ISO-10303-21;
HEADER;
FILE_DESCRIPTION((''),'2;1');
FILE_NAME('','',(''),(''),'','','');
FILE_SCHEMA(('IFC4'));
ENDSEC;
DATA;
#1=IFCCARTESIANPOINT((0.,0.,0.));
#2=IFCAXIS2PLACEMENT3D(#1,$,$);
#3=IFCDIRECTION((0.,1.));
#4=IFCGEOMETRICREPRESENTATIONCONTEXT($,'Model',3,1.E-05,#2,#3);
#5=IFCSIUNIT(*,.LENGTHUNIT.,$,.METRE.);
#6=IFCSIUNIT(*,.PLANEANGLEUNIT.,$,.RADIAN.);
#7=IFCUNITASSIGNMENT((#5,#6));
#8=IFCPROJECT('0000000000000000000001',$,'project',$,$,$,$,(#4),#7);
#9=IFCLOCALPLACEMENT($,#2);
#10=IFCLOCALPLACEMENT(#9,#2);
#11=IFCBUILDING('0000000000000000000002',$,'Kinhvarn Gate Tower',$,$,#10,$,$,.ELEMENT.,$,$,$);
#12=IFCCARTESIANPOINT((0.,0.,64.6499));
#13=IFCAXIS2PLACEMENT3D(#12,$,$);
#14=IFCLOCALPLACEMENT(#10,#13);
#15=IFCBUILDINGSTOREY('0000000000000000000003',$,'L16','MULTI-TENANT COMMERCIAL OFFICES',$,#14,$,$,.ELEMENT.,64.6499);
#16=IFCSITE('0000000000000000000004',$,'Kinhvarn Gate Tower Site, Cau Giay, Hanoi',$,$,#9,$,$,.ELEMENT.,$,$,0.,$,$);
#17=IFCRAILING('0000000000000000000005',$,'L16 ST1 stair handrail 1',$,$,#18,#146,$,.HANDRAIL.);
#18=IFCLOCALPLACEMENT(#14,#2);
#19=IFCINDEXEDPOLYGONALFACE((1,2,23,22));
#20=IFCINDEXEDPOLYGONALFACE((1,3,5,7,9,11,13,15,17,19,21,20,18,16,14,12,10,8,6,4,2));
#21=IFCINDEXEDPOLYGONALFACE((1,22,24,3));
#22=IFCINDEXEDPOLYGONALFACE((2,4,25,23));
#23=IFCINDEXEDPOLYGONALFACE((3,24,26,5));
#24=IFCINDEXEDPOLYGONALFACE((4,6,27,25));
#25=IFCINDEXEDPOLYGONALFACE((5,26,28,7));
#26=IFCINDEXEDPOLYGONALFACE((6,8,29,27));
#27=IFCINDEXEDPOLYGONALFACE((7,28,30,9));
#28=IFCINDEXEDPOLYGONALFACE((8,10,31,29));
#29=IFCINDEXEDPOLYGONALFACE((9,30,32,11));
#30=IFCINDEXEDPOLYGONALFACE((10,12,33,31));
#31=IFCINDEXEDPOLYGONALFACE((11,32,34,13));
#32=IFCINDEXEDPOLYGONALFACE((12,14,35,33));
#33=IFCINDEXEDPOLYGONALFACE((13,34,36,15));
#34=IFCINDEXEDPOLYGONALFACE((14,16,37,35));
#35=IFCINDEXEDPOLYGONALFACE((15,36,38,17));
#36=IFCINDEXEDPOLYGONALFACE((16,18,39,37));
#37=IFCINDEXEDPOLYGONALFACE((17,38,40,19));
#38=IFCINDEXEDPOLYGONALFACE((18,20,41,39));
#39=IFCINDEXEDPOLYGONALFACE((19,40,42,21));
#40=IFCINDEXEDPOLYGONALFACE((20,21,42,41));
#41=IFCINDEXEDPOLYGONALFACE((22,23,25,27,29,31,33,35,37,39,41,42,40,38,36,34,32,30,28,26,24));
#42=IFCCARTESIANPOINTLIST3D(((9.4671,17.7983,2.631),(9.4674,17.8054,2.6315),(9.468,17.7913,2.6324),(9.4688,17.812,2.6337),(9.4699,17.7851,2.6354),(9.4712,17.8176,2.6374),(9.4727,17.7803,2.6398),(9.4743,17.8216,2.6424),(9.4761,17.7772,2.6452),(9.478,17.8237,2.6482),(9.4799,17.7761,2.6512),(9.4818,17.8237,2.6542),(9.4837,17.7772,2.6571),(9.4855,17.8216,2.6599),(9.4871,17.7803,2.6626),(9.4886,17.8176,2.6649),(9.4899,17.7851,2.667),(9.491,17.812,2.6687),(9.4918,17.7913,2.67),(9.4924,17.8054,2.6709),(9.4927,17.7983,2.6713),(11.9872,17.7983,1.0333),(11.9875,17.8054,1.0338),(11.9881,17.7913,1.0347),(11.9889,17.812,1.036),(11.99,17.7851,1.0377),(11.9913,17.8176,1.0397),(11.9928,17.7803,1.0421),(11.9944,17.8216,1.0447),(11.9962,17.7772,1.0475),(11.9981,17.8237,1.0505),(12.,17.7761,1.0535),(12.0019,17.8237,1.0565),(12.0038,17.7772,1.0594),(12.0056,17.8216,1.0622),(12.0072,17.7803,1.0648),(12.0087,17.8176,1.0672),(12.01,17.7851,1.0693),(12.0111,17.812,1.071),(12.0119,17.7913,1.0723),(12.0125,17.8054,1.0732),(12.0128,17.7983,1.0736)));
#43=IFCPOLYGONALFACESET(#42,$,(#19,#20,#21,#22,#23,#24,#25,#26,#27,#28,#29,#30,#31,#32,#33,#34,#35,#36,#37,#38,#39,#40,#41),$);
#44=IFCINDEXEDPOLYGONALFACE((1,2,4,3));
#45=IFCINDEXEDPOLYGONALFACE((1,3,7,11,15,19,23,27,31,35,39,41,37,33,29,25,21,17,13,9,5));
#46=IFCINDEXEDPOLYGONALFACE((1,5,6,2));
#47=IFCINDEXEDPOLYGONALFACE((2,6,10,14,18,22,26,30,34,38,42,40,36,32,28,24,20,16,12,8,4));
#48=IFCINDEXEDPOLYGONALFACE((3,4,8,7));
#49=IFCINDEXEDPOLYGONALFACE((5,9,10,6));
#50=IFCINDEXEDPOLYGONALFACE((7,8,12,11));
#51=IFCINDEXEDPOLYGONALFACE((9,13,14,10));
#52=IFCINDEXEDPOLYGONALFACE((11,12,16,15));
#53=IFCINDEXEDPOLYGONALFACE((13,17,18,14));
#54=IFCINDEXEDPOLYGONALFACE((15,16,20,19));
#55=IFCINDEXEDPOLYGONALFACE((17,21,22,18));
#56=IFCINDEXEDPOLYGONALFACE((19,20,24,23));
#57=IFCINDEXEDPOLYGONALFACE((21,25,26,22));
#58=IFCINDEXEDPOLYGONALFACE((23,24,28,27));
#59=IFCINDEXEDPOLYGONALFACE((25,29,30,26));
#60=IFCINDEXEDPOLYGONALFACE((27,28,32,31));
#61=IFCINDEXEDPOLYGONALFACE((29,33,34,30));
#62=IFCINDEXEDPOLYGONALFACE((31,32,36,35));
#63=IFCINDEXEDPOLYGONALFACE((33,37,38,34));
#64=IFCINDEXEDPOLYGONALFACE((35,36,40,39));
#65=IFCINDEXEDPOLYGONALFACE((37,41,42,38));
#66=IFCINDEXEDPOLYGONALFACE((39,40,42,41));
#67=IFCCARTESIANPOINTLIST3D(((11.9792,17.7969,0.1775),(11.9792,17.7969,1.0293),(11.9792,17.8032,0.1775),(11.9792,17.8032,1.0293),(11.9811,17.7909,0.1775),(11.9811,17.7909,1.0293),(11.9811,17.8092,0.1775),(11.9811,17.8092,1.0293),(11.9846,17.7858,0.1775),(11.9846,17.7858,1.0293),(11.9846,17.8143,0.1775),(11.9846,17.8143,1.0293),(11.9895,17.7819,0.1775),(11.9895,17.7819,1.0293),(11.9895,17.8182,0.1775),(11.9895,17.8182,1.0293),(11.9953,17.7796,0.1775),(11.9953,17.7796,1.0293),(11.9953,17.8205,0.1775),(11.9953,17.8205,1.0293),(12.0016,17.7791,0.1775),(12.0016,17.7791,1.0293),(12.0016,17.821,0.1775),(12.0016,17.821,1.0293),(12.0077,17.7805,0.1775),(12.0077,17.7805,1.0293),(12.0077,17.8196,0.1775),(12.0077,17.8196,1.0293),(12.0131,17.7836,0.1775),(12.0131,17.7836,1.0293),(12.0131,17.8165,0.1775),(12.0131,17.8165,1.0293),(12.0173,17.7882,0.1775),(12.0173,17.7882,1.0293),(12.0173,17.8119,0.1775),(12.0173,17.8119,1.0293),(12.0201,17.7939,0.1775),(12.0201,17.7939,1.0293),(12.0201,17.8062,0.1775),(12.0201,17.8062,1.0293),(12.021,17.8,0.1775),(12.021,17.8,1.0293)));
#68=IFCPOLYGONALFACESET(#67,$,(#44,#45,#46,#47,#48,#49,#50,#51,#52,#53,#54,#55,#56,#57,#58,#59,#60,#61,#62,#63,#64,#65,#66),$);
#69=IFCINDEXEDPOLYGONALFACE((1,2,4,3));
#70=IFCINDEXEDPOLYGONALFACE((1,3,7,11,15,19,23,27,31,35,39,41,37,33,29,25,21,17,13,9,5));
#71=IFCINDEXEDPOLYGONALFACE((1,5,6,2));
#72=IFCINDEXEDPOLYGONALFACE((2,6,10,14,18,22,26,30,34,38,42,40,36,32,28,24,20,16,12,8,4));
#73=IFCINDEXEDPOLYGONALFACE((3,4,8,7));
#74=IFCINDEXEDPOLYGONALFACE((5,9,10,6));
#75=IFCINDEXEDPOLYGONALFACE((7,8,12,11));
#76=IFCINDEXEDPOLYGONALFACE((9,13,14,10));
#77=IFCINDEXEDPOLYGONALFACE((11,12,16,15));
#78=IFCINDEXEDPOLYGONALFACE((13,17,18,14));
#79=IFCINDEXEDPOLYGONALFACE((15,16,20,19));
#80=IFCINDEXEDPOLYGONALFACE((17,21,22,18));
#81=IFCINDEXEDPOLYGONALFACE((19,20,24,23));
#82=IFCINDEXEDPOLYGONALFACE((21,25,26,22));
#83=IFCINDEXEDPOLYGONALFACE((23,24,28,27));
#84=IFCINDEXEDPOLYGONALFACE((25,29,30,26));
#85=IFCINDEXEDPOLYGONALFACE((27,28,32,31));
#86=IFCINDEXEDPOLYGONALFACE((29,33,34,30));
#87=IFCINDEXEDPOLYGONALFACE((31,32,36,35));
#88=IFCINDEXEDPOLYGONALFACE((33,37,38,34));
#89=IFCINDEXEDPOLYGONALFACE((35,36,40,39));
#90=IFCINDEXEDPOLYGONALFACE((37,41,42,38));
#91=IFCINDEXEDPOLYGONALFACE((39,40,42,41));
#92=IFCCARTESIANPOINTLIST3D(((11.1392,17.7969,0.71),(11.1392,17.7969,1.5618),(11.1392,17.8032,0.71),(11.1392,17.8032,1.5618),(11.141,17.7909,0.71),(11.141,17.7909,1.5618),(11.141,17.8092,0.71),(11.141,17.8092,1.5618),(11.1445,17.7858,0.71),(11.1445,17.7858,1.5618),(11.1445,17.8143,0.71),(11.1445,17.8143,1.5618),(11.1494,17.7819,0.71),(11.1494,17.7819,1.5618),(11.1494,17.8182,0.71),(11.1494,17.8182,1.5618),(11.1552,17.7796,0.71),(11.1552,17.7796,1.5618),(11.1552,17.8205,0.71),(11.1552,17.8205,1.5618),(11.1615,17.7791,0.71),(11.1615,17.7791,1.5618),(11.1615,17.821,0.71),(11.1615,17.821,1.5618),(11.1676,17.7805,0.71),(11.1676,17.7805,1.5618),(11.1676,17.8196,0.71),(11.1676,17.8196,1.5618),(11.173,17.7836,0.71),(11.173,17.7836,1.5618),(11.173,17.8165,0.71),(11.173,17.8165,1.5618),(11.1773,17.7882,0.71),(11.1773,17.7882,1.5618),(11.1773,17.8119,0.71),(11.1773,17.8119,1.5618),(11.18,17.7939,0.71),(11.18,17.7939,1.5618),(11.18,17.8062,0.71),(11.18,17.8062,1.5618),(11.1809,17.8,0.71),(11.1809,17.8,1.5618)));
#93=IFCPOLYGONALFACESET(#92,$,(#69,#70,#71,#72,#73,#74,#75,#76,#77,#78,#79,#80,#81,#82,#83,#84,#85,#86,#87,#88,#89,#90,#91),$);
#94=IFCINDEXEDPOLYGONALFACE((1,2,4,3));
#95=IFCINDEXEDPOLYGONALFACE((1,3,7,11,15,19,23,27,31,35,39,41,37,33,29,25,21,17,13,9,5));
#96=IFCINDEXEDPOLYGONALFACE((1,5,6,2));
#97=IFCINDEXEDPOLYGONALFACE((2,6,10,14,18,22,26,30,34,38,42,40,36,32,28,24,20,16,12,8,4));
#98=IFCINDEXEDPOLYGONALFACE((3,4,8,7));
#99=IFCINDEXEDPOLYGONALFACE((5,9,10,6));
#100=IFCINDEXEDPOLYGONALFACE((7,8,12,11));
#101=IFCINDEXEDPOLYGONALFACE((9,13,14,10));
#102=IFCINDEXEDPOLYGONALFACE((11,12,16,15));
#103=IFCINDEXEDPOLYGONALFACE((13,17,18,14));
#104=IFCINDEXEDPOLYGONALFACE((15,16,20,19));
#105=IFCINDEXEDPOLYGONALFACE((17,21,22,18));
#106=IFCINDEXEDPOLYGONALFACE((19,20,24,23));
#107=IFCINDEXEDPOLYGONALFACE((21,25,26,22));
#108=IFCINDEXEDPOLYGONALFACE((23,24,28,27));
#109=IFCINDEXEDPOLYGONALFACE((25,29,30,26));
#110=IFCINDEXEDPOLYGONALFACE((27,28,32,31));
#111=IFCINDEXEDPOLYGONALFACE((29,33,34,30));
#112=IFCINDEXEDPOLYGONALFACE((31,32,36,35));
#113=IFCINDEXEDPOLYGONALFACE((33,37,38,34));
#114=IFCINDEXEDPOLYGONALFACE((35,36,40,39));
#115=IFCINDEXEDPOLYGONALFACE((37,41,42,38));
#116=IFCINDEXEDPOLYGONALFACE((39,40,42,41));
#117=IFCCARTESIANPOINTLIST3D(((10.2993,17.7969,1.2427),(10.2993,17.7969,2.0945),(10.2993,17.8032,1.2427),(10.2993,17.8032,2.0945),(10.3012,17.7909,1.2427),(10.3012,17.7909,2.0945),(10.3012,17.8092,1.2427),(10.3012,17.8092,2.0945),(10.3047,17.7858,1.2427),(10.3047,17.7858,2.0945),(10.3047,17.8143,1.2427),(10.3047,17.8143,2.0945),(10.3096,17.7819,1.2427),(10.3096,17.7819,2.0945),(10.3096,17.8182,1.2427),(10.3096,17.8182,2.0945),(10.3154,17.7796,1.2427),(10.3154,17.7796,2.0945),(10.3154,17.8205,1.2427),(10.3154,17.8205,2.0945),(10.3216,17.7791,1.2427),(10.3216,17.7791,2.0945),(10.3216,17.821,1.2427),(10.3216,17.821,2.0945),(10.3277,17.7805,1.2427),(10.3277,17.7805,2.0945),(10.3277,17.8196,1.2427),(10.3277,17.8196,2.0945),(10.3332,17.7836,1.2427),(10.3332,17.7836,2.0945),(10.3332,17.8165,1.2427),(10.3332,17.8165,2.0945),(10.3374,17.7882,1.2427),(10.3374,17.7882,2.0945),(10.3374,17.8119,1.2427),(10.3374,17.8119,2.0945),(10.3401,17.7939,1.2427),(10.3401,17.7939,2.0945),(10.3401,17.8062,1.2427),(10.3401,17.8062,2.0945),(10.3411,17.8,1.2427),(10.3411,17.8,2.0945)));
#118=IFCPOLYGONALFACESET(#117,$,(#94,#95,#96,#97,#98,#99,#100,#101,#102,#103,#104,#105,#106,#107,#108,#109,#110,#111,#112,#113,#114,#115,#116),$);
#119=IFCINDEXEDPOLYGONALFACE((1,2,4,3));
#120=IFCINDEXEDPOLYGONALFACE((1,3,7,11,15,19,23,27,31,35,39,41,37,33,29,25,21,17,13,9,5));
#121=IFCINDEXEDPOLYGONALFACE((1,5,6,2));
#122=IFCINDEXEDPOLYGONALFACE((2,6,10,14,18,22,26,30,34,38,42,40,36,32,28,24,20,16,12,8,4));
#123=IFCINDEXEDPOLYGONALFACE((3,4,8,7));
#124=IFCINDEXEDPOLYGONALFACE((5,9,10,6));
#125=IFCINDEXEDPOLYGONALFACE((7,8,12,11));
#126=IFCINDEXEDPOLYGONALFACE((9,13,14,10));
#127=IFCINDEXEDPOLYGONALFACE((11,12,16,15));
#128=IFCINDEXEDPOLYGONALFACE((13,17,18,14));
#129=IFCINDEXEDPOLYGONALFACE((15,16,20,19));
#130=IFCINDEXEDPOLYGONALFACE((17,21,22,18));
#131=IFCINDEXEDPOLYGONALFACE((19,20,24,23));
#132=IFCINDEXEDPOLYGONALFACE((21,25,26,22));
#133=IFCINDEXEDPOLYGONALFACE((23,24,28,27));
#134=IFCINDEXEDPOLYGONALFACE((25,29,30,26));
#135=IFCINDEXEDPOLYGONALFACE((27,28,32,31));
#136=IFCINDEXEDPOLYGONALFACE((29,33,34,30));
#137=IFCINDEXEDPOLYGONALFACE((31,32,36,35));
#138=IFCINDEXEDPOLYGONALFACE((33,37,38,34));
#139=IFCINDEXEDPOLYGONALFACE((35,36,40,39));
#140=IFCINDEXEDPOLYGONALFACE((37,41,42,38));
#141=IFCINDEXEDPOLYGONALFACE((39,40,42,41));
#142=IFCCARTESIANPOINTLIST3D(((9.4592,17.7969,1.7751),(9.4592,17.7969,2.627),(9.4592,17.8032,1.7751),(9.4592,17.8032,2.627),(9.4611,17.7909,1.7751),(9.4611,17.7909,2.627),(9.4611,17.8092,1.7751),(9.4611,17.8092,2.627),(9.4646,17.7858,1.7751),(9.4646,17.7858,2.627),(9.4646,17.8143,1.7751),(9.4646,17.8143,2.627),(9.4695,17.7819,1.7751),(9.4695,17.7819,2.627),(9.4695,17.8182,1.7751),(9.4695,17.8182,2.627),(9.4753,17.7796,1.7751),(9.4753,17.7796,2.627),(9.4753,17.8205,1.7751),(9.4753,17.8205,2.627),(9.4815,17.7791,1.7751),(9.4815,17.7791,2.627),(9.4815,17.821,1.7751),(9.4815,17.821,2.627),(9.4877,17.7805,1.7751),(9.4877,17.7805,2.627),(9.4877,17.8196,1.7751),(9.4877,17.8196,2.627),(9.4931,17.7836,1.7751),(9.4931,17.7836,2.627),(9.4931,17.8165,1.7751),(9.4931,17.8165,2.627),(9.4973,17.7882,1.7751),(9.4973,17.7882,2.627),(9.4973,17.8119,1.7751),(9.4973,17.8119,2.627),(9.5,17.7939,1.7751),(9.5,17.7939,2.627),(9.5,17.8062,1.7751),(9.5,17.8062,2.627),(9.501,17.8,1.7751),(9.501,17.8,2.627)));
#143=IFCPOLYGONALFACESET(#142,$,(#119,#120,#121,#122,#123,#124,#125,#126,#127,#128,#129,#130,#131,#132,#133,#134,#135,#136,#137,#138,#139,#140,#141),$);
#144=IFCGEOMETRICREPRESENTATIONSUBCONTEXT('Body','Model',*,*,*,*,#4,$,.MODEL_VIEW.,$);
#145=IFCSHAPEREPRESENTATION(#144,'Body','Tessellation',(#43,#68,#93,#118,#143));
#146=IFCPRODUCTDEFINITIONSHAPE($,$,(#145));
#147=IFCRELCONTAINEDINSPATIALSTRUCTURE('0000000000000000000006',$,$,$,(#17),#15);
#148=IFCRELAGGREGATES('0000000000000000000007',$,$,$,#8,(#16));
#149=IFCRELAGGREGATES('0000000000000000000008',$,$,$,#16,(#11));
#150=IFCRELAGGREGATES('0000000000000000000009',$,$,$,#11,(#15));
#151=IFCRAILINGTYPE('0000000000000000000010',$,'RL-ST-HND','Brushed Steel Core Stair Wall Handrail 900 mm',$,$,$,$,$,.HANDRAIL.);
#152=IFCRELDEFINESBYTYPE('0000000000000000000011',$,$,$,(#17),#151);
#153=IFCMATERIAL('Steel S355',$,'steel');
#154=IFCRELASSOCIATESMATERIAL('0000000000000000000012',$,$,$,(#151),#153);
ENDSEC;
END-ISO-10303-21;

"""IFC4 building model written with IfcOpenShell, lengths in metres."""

from ifc_helpers import new_model, si_unit, direction, frame, origin, origin_2d, place, context, subcontext, project, spatial, circle, extrude, material, type_object, element, save


model = new_model("IFC4")

# Units and contexts
model_context = context("Model", 3, precision=1e-05, world=origin(), true_north=direction((0.0, 1.0)))
body_context = subcontext(model_context, "Body", "Model", "MODEL_VIEW")
ifc_project = project(units=[si_unit("LENGTHUNIT", "METRE"), si_unit("PLANEANGLEUNIT", "RADIAN")], contexts=[model_context])

# Site, building, storey
site_placement = place(None, origin())
site = spatial("IfcSite", under=ifc_project, at=site_placement, Name="Kinhvarn Gate Tower Site, Cau Giay, Hanoi", CompositionType="ELEMENT", RefElevation=0.0)
building_placement = place(site_placement, origin())
building = spatial("IfcBuilding", under=site, at=building_placement, Name="Kinhvarn Gate Tower", CompositionType="ELEMENT")
storey_placement = place(building_placement, frame((0.0, 0.0, 64.6499)))
storey = spatial("IfcBuildingStorey", under=building, at=storey_placement, Name="L16", Description="MULTI-TENANT COMMERCIAL OFFICES", CompositionType="ELEMENT", Elevation=64.6499)

# Shared definitions
ifc_material_1 = material(Name="Steel S355", Category="steel")

# Railing
railing_type_1 = type_object("IfcRailingType", Name="RL-ST-HND", Description="Brushed Steel Core Stair Wall Handrail 900 mm", PredefinedType="HANDRAIL", material=ifc_material_1)
railing_1_placement = place(storey_placement, frame((12.0, 17.8, 0.1775)))
element("IfcRailing", 1, at=railing_1_placement, inside=storey, type_object=railing_type_1, Name="L16 ST1 stair handrail 1", PredefinedType="HANDRAIL", context=body_context, shape_type="SweptSolid", body=[
    extrude(circle(Radius=0.0239, at=origin_2d()), frame((0.0, 0.0, 0.876), z_axis=(-0.84457, 0.0, 0.535445), x_axis=(0.0, -1.0, 0.0)), (0.0, 0.0, 1.0), 2.9839),
    extrude(circle(Radius=0.021, at=origin_2d()), origin(), (0.0, 0.0, 1.0), 0.8518),
    extrude(circle(Radius=0.021, at=origin_2d()), frame((-0.8401, 0.0, 0.5325)), (0.0, 0.0, 1.0), 0.8518),
    extrude(circle(Radius=0.021, at=origin_2d()), frame((-1.6799, 0.0, 1.0652)), (0.0, 0.0, 1.0), 0.8518),
    extrude(circle(Radius=0.021, at=origin_2d()), frame((-2.52, 0.0, 1.5977)), (0.0, 0.0, 1.0), 0.8518),
])

save(model, "model.ifc")
